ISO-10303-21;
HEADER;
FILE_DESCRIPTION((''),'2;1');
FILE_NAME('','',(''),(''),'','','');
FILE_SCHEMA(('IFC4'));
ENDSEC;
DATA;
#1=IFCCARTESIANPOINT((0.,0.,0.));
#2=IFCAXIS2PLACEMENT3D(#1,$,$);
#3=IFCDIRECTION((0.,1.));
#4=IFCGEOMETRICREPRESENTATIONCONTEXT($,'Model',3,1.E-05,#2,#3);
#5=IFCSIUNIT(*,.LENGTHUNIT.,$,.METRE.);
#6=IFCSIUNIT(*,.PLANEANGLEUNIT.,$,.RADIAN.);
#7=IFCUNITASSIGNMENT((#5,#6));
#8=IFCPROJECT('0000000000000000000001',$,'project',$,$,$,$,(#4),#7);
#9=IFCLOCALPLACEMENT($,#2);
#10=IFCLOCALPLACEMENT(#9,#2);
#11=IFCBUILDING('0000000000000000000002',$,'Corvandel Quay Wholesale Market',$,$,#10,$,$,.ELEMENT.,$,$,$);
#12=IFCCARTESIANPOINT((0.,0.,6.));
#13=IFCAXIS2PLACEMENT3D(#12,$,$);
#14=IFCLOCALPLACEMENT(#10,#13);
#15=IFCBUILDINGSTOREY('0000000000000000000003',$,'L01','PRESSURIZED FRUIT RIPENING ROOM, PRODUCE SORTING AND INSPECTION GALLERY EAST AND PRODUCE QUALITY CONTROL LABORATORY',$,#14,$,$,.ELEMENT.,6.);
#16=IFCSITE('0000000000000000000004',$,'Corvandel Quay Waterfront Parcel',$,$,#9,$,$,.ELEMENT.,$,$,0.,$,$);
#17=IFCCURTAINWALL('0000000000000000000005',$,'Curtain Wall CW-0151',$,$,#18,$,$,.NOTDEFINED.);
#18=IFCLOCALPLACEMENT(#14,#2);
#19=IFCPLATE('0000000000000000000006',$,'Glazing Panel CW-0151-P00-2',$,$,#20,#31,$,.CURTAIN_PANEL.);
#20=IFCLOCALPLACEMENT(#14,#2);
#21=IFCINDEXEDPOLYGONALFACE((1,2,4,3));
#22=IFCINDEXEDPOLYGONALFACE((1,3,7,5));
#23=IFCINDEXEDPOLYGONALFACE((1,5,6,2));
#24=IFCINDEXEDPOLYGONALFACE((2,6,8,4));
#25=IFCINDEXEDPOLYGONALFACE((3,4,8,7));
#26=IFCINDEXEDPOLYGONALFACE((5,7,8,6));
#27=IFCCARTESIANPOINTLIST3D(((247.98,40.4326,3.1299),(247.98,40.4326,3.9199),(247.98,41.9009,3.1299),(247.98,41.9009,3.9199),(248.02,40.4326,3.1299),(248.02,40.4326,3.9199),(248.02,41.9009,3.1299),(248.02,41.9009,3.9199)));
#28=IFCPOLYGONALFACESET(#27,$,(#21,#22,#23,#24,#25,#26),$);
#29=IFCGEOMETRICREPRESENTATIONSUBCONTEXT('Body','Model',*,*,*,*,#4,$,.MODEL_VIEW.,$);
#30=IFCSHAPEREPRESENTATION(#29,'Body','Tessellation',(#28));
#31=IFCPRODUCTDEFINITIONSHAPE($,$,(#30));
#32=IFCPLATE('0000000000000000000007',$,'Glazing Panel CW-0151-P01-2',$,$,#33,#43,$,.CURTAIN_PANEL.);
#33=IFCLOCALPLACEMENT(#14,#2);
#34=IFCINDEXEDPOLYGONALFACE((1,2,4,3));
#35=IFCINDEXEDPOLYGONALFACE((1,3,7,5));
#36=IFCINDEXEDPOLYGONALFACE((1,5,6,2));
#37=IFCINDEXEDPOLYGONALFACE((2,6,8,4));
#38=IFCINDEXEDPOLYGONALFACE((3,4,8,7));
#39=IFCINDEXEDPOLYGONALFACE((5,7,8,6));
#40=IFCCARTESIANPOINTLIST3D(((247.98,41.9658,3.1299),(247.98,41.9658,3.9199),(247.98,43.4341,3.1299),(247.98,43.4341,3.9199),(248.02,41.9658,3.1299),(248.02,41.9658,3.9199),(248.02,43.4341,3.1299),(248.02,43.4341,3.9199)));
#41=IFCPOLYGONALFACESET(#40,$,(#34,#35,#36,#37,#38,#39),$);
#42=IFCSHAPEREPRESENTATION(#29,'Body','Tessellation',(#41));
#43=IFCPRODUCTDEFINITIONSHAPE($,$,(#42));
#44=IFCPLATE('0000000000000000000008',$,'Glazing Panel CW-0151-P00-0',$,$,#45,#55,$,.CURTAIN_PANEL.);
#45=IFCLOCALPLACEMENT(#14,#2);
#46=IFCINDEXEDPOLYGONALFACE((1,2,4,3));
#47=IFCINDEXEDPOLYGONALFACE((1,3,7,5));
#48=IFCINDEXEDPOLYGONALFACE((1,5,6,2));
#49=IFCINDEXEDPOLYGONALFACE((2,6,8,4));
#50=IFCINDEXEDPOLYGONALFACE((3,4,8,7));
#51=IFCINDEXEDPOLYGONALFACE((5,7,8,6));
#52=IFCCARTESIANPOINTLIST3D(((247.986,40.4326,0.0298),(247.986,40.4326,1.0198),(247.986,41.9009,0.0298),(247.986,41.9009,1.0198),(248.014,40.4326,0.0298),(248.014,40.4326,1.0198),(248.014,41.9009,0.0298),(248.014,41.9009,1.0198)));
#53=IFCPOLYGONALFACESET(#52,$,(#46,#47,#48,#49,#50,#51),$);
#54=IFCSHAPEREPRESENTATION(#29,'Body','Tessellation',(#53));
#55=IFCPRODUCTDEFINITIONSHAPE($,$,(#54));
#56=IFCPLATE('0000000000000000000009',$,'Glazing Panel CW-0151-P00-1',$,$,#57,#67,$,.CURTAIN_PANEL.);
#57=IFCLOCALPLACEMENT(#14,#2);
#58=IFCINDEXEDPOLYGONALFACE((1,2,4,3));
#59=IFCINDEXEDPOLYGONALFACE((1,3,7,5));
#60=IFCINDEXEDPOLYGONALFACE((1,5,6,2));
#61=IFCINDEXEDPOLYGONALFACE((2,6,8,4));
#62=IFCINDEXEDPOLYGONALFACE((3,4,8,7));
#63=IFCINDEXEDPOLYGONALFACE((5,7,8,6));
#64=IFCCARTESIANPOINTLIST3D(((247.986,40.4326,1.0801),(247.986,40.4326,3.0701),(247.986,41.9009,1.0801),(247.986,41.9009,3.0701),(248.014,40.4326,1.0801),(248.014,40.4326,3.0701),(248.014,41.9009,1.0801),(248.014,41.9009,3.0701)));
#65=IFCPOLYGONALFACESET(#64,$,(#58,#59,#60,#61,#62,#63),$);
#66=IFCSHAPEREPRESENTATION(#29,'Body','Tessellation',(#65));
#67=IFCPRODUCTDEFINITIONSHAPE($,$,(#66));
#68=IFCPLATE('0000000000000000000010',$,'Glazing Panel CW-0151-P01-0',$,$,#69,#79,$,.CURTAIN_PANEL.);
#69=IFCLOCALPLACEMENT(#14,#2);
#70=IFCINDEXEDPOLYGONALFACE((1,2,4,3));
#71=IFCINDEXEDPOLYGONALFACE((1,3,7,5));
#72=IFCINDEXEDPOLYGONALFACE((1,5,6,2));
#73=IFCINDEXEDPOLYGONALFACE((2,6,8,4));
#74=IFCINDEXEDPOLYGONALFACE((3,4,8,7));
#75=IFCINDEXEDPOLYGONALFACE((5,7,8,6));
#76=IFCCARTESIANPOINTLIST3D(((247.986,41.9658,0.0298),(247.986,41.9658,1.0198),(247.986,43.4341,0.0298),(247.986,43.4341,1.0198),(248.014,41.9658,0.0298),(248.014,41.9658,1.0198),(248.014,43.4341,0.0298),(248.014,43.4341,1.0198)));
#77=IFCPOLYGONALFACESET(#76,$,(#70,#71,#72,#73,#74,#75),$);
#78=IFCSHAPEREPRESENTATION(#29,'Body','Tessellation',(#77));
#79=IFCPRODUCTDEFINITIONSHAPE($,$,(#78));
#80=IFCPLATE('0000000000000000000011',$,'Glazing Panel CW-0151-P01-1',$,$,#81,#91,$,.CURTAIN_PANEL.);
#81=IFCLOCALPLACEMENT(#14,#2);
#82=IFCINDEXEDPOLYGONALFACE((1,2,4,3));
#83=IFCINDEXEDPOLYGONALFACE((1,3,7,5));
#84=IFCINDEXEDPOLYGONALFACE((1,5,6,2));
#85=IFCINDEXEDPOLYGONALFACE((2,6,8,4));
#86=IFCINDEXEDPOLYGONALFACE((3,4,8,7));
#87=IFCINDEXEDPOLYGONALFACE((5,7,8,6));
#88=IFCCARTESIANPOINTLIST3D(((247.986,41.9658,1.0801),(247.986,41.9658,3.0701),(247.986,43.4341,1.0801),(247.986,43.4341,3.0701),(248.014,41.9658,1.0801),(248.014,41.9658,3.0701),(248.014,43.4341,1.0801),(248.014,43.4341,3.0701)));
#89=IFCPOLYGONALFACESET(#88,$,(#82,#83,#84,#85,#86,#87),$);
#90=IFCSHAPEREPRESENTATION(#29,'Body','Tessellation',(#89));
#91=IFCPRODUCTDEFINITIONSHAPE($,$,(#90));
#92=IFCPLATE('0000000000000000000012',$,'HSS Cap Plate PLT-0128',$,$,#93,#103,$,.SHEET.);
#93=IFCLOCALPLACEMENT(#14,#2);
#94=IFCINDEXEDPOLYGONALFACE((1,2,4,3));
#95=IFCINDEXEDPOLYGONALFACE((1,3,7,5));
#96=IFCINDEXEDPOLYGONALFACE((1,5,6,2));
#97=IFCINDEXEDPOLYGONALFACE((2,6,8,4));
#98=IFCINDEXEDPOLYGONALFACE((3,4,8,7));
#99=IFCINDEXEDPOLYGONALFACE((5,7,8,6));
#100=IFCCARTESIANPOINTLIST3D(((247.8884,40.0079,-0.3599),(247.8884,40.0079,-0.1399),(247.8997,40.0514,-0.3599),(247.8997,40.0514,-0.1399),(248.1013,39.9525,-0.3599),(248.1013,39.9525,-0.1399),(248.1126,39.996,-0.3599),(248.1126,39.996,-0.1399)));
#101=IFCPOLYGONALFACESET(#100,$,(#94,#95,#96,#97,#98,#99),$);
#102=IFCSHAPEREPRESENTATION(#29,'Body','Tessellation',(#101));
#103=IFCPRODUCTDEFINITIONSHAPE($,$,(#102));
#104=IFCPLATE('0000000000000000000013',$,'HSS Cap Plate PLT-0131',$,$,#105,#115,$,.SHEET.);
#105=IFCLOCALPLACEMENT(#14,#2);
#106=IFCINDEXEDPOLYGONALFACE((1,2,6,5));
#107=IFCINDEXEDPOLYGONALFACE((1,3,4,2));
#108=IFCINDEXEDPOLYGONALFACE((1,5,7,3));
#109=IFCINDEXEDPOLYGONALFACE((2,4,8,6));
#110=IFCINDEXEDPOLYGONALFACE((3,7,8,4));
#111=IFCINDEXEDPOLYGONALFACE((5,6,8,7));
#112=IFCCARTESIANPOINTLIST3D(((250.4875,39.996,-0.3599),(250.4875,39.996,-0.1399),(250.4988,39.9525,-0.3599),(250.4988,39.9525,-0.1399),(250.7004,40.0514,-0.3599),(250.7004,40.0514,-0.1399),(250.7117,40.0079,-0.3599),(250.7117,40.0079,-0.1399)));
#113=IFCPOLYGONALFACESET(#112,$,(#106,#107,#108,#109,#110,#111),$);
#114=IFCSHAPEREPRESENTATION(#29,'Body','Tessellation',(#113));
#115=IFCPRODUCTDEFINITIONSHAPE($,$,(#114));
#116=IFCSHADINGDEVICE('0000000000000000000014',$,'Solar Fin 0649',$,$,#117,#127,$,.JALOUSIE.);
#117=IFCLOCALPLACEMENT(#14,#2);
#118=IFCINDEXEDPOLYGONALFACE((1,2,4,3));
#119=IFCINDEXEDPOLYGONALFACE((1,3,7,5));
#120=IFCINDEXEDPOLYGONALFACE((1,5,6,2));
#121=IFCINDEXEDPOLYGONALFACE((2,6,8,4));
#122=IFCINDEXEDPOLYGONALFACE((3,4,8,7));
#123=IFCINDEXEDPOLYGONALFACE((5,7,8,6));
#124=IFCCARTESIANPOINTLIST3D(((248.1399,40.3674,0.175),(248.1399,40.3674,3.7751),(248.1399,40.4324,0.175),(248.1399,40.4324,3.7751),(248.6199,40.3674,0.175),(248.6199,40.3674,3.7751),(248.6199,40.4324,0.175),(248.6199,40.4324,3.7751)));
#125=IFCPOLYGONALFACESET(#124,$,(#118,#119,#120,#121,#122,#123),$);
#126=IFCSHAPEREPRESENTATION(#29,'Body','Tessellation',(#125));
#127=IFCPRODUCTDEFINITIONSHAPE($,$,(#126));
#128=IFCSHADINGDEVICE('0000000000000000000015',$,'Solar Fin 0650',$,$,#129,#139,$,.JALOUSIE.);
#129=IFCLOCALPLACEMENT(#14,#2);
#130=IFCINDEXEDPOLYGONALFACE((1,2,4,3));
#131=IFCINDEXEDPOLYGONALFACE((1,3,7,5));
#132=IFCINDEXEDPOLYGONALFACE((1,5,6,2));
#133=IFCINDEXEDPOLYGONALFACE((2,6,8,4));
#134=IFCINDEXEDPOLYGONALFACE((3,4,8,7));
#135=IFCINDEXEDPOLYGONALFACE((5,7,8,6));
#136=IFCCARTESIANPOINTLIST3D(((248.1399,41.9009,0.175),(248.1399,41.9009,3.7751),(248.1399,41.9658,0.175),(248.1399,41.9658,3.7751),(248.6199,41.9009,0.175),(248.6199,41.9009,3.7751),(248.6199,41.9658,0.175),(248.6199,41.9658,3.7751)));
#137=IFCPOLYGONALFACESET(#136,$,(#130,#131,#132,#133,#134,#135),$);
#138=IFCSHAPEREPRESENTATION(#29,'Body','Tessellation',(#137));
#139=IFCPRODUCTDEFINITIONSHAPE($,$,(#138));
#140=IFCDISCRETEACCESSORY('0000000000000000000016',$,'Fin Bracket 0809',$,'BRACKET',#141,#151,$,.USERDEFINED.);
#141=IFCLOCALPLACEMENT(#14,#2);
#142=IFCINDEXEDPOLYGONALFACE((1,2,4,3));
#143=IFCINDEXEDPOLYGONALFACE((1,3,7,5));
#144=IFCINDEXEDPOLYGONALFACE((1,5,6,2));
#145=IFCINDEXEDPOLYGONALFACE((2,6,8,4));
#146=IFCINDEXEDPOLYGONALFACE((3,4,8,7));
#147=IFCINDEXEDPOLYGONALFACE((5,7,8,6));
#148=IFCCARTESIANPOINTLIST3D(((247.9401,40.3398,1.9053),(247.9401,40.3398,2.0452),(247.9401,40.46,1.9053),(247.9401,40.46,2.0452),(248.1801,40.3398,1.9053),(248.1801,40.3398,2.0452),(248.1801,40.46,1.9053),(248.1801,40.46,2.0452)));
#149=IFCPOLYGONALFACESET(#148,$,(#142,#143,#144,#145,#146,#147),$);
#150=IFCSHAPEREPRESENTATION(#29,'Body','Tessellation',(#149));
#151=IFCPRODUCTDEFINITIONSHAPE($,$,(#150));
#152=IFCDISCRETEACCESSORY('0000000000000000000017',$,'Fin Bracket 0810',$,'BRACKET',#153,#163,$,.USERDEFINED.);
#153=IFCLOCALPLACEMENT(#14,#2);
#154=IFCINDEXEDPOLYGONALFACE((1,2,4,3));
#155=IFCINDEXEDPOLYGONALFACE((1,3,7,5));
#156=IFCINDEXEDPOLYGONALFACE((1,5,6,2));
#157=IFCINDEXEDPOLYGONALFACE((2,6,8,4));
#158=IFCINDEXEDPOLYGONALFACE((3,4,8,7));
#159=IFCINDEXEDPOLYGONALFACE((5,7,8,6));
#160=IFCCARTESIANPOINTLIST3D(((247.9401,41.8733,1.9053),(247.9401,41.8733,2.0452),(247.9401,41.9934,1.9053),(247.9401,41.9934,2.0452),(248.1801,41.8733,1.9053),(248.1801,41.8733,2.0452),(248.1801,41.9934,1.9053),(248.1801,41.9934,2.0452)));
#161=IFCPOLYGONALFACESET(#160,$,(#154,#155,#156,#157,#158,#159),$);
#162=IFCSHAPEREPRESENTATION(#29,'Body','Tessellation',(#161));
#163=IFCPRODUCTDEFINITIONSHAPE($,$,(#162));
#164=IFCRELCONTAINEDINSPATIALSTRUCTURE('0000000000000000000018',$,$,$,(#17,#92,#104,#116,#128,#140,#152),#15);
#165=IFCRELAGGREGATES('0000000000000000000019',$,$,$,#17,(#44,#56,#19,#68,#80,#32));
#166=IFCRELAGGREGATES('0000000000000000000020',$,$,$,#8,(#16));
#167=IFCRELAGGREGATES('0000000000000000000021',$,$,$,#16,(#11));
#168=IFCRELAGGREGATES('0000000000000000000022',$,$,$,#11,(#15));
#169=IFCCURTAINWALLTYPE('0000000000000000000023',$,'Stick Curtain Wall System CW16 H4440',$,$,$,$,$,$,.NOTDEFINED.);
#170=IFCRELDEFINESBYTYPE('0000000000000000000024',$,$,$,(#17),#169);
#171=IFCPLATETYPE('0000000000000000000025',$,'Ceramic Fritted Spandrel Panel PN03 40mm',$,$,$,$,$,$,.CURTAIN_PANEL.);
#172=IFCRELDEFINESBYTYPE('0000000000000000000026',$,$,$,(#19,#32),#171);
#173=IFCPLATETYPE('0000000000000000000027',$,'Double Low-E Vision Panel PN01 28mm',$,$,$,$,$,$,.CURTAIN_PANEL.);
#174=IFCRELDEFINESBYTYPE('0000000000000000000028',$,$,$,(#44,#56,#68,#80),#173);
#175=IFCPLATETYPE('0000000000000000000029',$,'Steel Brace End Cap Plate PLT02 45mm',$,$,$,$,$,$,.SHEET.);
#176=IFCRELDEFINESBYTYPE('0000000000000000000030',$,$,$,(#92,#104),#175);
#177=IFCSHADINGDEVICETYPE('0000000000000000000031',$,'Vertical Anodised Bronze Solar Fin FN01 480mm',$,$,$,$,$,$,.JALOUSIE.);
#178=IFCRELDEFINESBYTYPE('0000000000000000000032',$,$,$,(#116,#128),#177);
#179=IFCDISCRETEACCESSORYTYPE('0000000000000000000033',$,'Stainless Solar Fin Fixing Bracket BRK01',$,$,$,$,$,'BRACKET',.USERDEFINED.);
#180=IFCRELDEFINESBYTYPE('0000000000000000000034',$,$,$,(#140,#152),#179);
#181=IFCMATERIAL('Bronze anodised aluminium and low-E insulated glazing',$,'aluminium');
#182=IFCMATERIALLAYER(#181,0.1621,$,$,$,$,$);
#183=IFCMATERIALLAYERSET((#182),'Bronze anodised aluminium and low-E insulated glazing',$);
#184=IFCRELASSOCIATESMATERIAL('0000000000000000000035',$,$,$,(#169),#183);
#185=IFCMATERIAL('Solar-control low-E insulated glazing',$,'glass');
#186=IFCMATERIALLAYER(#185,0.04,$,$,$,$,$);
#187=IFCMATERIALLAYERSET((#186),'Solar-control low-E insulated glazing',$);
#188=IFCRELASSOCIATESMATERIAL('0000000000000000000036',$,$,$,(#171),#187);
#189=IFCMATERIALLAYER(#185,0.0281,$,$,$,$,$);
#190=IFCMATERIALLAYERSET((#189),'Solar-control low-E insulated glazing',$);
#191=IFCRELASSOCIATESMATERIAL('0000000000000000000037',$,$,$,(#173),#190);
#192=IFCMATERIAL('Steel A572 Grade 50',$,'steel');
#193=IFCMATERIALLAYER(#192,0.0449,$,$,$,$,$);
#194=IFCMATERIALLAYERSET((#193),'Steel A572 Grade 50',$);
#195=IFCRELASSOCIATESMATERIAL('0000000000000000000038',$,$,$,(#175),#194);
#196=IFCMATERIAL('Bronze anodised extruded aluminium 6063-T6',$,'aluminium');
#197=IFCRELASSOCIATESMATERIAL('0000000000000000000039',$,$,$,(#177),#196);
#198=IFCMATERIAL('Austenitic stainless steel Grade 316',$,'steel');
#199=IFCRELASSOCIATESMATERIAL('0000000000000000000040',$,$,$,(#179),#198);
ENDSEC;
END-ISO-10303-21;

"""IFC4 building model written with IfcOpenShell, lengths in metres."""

from ifc_helpers import new_model, si_unit, direction, frame, origin, origin_2d, place, context, subcontext, project, spatial, rectangle, extrude, material, layer, layer_set, type_object, element, aggregate, save


model = new_model("IFC4")

# Units and contexts
model_context = context("Model", 3, precision=1e-05, world=origin(), true_north=direction((0.0, 1.0)))
body_context = subcontext(model_context, "Body", "Model", "MODEL_VIEW")
ifc_project = project(units=[si_unit("LENGTHUNIT", "METRE"), si_unit("PLANEANGLEUNIT", "RADIAN")], contexts=[model_context])

# Site, building, storey
site_placement = place(None, origin())
site = spatial("IfcSite", under=ifc_project, at=site_placement, Name="Corvandel Quay Waterfront Parcel", CompositionType="ELEMENT", RefElevation=0.0)
building_placement = place(site_placement, origin())
building = spatial("IfcBuilding", under=site, at=building_placement, Name="Corvandel Quay Wholesale Market", CompositionType="ELEMENT")
storey_placement = place(building_placement, frame((0.0, 0.0, 6.0)))
storey = spatial("IfcBuildingStorey", under=building, at=storey_placement, Name="L01", Description="PRESSURIZED FRUIT RIPENING ROOM, PRODUCE SORTING AND INSPECTION GALLERY EAST AND PRODUCE QUALITY CONTROL LABORATORY", CompositionType="ELEMENT", Elevation=6.0)

# Curtain wall
ifc_material_1 = material(Name="Bronze anodised aluminium and low-E insulated glazing", Category="aluminium")
ifc_layer_1 = layer(ifc_material_1, 0.1621)
ifc_layer_set_1 = layer_set([ifc_layer_1], Name="Bronze anodised aluminium and low-E insulated glazing")
curtain_wall_type = type_object("IfcCurtainWallType", Name="Stick Curtain Wall System CW16 H4440", PredefinedType="NOTDEFINED", material=ifc_layer_set_1)
curtain_wall_placement = place(storey_placement, origin())
curtain_wall = element("IfcCurtainWall", 1, at=curtain_wall_placement, inside=storey, type_object=curtain_wall_type, Name="Curtain Wall CW-0151", PredefinedType="NOTDEFINED")

# Plates
ifc_material_2 = material(Name="Solar-control low-E insulated glazing", Category="glass")
ifc_layer_2 = layer(ifc_material_2, 0.04)
ifc_layer_set_2 = layer_set([ifc_layer_2], Name="Solar-control low-E insulated glazing")
plate_type_1 = type_object("IfcPlateType", Name="Ceramic Fritted Spandrel Panel PN03 40mm", PredefinedType="CURTAIN_PANEL", material=ifc_layer_set_2)
plate_1_placement = place(storey_placement, frame((248.0, 41.1667, 3.1299), z_axis=(0.0, 0.0, 1.0), x_axis=(0.0, 1.0, 0.0)))
plate_1 = element("IfcPlate", 2, at=plate_1_placement, type_object=plate_type_1, Name="Glazing Panel CW-0151-P00-2", PredefinedType="CURTAIN_PANEL", context=body_context, shape_type="SweptSolid", body=[
    extrude(rectangle(XDim=1.4683, YDim=0.04, at=origin_2d()), origin(), (0.0, 0.0, 1.0), 0.79),
])
plate_2_placement = place(storey_placement, frame((248.0, 42.7, 3.1299), z_axis=(0.0, 0.0, 1.0), x_axis=(0.0, 1.0, 0.0)))
plate_2 = element("IfcPlate", 3, at=plate_2_placement, type_object=plate_type_1, Name="Glazing Panel CW-0151-P01-2", PredefinedType="CURTAIN_PANEL", context=body_context, shape_type="SweptSolid", body=[
    extrude(rectangle(XDim=1.4683, YDim=0.04, at=origin_2d()), origin(), (0.0, 0.0, 1.0), 0.79),
])
ifc_layer_3 = layer(ifc_material_2, 0.0281)
ifc_layer_set_3 = layer_set([ifc_layer_3], Name="Solar-control low-E insulated glazing")
plate_type_2 = type_object("IfcPlateType", Name="Double Low-E Vision Panel PN01 28mm", PredefinedType="CURTAIN_PANEL", material=ifc_layer_set_3)
plate_3_placement = place(storey_placement, frame((248.0, 41.1667, 0.0298), z_axis=(0.0, 0.0, 1.0), x_axis=(0.0, 1.0, 0.0)))
plate_3 = element("IfcPlate", 4, at=plate_3_placement, type_object=plate_type_2, Name="Glazing Panel CW-0151-P00-0", PredefinedType="CURTAIN_PANEL", context=body_context, shape_type="SweptSolid", body=[
    extrude(rectangle(XDim=1.4683, YDim=0.0281, at=origin_2d()), origin(), (0.0, 0.0, 1.0), 0.99),
])
plate_4_placement = place(storey_placement, frame((248.0, 41.1667, 1.0801), z_axis=(0.0, 0.0, 1.0), x_axis=(0.0, 1.0, 0.0)))
plate_4 = element("IfcPlate", 5, at=plate_4_placement, type_object=plate_type_2, Name="Glazing Panel CW-0151-P00-1", PredefinedType="CURTAIN_PANEL", context=body_context, shape_type="SweptSolid", body=[
    extrude(rectangle(XDim=1.4683, YDim=0.0281, at=origin_2d()), origin(), (0.0, 0.0, 1.0), 1.99),
])
plate_5_placement = place(storey_placement, frame((248.0, 42.7, 0.0298), z_axis=(0.0, 0.0, 1.0), x_axis=(0.0, 1.0, 0.0)))
plate_5 = element("IfcPlate", 6, at=plate_5_placement, type_object=plate_type_2, Name="Glazing Panel CW-0151-P01-0", PredefinedType="CURTAIN_PANEL", context=body_context, shape_type="SweptSolid", body=[
    extrude(rectangle(XDim=1.4683, YDim=0.0281, at=origin_2d()), origin(), (0.0, 0.0, 1.0), 0.99),
])
plate_6_placement = place(storey_placement, frame((248.0, 42.7, 1.0801), z_axis=(0.0, 0.0, 1.0), x_axis=(0.0, 1.0, 0.0)))
plate_6 = element("IfcPlate", 7, at=plate_6_placement, type_object=plate_type_2, Name="Glazing Panel CW-0151-P01-1", PredefinedType="CURTAIN_PANEL", context=body_context, shape_type="SweptSolid", body=[
    extrude(rectangle(XDim=1.4683, YDim=0.0281, at=origin_2d()), origin(), (0.0, 0.0, 1.0), 1.99),
])
aggregate(curtain_wall, [plate_3, plate_4, plate_1, plate_5, plate_6, plate_2])

# Plates
ifc_material_3 = material(Name="Steel A572 Grade 50", Category="steel")
ifc_layer_4 = layer(ifc_material_3, 0.0449)
ifc_layer_set_4 = layer_set([ifc_layer_4], Name="Steel A572 Grade 50")
plate_type_3 = type_object("IfcPlateType", Name="Steel Brace End Cap Plate PLT02 45mm", PredefinedType="SHEET", material=ifc_layer_set_4)
for number, where, z_axis, x_axis, name in (
    (8, (248.0005, 40.002, -0.3599), (0.0, 0.0, 1.0), (-0.967841, 0.251563, 0.0), "HSS Cap Plate PLT-0128"),
    (9, (250.5996, 40.002, -0.3599), (0.0, 0.0, 1.0), (0.967841, 0.251563, 0.0), "HSS Cap Plate PLT-0131"),
):
    element("IfcPlate", number, at=place(storey_placement, frame(where, z_axis=z_axis, x_axis=x_axis)), inside=storey, type_object=plate_type_3, Name=name, PredefinedType="SHEET", context=body_context, shape_type="SweptSolid", body=[
        extrude(rectangle(XDim=0.22, YDim=0.0449, at=origin_2d()), origin(), (0.0, 0.0, 1.0), 0.22),
    ])

# Shading devices
ifc_material_4 = material(Name="Bronze anodised extruded aluminium 6063-T6", Category="aluminium")
shading_device_type = type_object("IfcShadingDeviceType", Name="Vertical Anodised Bronze Solar Fin FN01 480mm", PredefinedType="JALOUSIE", material=ifc_material_4)
for number, where, z_axis, x_axis, name in (
    (10, (248.3799, 40.3999, 0.175), (0.0, 0.0, 1.0), (1.0, 0.0, 0.0), "Solar Fin 0649"),
    (11, (248.3799, 41.9333, 0.175), (0.0, 0.0, 1.0), (1.0, 0.0, 0.0), "Solar Fin 0650"),
):
    element("IfcShadingDevice", number, at=place(storey_placement, frame(where, z_axis=z_axis, x_axis=x_axis)), inside=storey, type_object=shading_device_type, Name=name, PredefinedType="JALOUSIE", context=body_context, shape_type="SweptSolid", body=[
        extrude(rectangle(XDim=0.48, YDim=0.0649, at=origin_2d()), origin(), (0.0, 0.0, 1.0), 3.6001),
    ])

# Discrete accessories
ifc_material_5 = material(Name="Austenitic stainless steel Grade 316", Category="steel")
discrete_accessory_type = type_object("IfcDiscreteAccessoryType", Name="Stainless Solar Fin Fixing Bracket BRK01", ElementType="BRACKET", PredefinedType="USERDEFINED", material=ifc_material_5)
for number, where, z_axis, x_axis, name in (
    (12, (248.0601, 40.3999, 1.9053), (0.0, 0.0, 1.0), (1.0, 0.0, 0.0), "Fin Bracket 0809"),
    (13, (248.0601, 41.9333, 1.9053), (0.0, 0.0, 1.0), (1.0, 0.0, 0.0), "Fin Bracket 0810"),
):
    element("IfcDiscreteAccessory", number, at=place(storey_placement, frame(where, z_axis=z_axis, x_axis=x_axis)), inside=storey, type_object=discrete_accessory_type, Name=name, ObjectType="BRACKET", PredefinedType="USERDEFINED", context=body_context, shape_type="SweptSolid", body=[
        extrude(rectangle(XDim=0.24, YDim=0.1201, at=origin_2d()), origin(), (0.0, 0.0, 1.0), 0.1399),
    ])

save(model, "model.ifc")
